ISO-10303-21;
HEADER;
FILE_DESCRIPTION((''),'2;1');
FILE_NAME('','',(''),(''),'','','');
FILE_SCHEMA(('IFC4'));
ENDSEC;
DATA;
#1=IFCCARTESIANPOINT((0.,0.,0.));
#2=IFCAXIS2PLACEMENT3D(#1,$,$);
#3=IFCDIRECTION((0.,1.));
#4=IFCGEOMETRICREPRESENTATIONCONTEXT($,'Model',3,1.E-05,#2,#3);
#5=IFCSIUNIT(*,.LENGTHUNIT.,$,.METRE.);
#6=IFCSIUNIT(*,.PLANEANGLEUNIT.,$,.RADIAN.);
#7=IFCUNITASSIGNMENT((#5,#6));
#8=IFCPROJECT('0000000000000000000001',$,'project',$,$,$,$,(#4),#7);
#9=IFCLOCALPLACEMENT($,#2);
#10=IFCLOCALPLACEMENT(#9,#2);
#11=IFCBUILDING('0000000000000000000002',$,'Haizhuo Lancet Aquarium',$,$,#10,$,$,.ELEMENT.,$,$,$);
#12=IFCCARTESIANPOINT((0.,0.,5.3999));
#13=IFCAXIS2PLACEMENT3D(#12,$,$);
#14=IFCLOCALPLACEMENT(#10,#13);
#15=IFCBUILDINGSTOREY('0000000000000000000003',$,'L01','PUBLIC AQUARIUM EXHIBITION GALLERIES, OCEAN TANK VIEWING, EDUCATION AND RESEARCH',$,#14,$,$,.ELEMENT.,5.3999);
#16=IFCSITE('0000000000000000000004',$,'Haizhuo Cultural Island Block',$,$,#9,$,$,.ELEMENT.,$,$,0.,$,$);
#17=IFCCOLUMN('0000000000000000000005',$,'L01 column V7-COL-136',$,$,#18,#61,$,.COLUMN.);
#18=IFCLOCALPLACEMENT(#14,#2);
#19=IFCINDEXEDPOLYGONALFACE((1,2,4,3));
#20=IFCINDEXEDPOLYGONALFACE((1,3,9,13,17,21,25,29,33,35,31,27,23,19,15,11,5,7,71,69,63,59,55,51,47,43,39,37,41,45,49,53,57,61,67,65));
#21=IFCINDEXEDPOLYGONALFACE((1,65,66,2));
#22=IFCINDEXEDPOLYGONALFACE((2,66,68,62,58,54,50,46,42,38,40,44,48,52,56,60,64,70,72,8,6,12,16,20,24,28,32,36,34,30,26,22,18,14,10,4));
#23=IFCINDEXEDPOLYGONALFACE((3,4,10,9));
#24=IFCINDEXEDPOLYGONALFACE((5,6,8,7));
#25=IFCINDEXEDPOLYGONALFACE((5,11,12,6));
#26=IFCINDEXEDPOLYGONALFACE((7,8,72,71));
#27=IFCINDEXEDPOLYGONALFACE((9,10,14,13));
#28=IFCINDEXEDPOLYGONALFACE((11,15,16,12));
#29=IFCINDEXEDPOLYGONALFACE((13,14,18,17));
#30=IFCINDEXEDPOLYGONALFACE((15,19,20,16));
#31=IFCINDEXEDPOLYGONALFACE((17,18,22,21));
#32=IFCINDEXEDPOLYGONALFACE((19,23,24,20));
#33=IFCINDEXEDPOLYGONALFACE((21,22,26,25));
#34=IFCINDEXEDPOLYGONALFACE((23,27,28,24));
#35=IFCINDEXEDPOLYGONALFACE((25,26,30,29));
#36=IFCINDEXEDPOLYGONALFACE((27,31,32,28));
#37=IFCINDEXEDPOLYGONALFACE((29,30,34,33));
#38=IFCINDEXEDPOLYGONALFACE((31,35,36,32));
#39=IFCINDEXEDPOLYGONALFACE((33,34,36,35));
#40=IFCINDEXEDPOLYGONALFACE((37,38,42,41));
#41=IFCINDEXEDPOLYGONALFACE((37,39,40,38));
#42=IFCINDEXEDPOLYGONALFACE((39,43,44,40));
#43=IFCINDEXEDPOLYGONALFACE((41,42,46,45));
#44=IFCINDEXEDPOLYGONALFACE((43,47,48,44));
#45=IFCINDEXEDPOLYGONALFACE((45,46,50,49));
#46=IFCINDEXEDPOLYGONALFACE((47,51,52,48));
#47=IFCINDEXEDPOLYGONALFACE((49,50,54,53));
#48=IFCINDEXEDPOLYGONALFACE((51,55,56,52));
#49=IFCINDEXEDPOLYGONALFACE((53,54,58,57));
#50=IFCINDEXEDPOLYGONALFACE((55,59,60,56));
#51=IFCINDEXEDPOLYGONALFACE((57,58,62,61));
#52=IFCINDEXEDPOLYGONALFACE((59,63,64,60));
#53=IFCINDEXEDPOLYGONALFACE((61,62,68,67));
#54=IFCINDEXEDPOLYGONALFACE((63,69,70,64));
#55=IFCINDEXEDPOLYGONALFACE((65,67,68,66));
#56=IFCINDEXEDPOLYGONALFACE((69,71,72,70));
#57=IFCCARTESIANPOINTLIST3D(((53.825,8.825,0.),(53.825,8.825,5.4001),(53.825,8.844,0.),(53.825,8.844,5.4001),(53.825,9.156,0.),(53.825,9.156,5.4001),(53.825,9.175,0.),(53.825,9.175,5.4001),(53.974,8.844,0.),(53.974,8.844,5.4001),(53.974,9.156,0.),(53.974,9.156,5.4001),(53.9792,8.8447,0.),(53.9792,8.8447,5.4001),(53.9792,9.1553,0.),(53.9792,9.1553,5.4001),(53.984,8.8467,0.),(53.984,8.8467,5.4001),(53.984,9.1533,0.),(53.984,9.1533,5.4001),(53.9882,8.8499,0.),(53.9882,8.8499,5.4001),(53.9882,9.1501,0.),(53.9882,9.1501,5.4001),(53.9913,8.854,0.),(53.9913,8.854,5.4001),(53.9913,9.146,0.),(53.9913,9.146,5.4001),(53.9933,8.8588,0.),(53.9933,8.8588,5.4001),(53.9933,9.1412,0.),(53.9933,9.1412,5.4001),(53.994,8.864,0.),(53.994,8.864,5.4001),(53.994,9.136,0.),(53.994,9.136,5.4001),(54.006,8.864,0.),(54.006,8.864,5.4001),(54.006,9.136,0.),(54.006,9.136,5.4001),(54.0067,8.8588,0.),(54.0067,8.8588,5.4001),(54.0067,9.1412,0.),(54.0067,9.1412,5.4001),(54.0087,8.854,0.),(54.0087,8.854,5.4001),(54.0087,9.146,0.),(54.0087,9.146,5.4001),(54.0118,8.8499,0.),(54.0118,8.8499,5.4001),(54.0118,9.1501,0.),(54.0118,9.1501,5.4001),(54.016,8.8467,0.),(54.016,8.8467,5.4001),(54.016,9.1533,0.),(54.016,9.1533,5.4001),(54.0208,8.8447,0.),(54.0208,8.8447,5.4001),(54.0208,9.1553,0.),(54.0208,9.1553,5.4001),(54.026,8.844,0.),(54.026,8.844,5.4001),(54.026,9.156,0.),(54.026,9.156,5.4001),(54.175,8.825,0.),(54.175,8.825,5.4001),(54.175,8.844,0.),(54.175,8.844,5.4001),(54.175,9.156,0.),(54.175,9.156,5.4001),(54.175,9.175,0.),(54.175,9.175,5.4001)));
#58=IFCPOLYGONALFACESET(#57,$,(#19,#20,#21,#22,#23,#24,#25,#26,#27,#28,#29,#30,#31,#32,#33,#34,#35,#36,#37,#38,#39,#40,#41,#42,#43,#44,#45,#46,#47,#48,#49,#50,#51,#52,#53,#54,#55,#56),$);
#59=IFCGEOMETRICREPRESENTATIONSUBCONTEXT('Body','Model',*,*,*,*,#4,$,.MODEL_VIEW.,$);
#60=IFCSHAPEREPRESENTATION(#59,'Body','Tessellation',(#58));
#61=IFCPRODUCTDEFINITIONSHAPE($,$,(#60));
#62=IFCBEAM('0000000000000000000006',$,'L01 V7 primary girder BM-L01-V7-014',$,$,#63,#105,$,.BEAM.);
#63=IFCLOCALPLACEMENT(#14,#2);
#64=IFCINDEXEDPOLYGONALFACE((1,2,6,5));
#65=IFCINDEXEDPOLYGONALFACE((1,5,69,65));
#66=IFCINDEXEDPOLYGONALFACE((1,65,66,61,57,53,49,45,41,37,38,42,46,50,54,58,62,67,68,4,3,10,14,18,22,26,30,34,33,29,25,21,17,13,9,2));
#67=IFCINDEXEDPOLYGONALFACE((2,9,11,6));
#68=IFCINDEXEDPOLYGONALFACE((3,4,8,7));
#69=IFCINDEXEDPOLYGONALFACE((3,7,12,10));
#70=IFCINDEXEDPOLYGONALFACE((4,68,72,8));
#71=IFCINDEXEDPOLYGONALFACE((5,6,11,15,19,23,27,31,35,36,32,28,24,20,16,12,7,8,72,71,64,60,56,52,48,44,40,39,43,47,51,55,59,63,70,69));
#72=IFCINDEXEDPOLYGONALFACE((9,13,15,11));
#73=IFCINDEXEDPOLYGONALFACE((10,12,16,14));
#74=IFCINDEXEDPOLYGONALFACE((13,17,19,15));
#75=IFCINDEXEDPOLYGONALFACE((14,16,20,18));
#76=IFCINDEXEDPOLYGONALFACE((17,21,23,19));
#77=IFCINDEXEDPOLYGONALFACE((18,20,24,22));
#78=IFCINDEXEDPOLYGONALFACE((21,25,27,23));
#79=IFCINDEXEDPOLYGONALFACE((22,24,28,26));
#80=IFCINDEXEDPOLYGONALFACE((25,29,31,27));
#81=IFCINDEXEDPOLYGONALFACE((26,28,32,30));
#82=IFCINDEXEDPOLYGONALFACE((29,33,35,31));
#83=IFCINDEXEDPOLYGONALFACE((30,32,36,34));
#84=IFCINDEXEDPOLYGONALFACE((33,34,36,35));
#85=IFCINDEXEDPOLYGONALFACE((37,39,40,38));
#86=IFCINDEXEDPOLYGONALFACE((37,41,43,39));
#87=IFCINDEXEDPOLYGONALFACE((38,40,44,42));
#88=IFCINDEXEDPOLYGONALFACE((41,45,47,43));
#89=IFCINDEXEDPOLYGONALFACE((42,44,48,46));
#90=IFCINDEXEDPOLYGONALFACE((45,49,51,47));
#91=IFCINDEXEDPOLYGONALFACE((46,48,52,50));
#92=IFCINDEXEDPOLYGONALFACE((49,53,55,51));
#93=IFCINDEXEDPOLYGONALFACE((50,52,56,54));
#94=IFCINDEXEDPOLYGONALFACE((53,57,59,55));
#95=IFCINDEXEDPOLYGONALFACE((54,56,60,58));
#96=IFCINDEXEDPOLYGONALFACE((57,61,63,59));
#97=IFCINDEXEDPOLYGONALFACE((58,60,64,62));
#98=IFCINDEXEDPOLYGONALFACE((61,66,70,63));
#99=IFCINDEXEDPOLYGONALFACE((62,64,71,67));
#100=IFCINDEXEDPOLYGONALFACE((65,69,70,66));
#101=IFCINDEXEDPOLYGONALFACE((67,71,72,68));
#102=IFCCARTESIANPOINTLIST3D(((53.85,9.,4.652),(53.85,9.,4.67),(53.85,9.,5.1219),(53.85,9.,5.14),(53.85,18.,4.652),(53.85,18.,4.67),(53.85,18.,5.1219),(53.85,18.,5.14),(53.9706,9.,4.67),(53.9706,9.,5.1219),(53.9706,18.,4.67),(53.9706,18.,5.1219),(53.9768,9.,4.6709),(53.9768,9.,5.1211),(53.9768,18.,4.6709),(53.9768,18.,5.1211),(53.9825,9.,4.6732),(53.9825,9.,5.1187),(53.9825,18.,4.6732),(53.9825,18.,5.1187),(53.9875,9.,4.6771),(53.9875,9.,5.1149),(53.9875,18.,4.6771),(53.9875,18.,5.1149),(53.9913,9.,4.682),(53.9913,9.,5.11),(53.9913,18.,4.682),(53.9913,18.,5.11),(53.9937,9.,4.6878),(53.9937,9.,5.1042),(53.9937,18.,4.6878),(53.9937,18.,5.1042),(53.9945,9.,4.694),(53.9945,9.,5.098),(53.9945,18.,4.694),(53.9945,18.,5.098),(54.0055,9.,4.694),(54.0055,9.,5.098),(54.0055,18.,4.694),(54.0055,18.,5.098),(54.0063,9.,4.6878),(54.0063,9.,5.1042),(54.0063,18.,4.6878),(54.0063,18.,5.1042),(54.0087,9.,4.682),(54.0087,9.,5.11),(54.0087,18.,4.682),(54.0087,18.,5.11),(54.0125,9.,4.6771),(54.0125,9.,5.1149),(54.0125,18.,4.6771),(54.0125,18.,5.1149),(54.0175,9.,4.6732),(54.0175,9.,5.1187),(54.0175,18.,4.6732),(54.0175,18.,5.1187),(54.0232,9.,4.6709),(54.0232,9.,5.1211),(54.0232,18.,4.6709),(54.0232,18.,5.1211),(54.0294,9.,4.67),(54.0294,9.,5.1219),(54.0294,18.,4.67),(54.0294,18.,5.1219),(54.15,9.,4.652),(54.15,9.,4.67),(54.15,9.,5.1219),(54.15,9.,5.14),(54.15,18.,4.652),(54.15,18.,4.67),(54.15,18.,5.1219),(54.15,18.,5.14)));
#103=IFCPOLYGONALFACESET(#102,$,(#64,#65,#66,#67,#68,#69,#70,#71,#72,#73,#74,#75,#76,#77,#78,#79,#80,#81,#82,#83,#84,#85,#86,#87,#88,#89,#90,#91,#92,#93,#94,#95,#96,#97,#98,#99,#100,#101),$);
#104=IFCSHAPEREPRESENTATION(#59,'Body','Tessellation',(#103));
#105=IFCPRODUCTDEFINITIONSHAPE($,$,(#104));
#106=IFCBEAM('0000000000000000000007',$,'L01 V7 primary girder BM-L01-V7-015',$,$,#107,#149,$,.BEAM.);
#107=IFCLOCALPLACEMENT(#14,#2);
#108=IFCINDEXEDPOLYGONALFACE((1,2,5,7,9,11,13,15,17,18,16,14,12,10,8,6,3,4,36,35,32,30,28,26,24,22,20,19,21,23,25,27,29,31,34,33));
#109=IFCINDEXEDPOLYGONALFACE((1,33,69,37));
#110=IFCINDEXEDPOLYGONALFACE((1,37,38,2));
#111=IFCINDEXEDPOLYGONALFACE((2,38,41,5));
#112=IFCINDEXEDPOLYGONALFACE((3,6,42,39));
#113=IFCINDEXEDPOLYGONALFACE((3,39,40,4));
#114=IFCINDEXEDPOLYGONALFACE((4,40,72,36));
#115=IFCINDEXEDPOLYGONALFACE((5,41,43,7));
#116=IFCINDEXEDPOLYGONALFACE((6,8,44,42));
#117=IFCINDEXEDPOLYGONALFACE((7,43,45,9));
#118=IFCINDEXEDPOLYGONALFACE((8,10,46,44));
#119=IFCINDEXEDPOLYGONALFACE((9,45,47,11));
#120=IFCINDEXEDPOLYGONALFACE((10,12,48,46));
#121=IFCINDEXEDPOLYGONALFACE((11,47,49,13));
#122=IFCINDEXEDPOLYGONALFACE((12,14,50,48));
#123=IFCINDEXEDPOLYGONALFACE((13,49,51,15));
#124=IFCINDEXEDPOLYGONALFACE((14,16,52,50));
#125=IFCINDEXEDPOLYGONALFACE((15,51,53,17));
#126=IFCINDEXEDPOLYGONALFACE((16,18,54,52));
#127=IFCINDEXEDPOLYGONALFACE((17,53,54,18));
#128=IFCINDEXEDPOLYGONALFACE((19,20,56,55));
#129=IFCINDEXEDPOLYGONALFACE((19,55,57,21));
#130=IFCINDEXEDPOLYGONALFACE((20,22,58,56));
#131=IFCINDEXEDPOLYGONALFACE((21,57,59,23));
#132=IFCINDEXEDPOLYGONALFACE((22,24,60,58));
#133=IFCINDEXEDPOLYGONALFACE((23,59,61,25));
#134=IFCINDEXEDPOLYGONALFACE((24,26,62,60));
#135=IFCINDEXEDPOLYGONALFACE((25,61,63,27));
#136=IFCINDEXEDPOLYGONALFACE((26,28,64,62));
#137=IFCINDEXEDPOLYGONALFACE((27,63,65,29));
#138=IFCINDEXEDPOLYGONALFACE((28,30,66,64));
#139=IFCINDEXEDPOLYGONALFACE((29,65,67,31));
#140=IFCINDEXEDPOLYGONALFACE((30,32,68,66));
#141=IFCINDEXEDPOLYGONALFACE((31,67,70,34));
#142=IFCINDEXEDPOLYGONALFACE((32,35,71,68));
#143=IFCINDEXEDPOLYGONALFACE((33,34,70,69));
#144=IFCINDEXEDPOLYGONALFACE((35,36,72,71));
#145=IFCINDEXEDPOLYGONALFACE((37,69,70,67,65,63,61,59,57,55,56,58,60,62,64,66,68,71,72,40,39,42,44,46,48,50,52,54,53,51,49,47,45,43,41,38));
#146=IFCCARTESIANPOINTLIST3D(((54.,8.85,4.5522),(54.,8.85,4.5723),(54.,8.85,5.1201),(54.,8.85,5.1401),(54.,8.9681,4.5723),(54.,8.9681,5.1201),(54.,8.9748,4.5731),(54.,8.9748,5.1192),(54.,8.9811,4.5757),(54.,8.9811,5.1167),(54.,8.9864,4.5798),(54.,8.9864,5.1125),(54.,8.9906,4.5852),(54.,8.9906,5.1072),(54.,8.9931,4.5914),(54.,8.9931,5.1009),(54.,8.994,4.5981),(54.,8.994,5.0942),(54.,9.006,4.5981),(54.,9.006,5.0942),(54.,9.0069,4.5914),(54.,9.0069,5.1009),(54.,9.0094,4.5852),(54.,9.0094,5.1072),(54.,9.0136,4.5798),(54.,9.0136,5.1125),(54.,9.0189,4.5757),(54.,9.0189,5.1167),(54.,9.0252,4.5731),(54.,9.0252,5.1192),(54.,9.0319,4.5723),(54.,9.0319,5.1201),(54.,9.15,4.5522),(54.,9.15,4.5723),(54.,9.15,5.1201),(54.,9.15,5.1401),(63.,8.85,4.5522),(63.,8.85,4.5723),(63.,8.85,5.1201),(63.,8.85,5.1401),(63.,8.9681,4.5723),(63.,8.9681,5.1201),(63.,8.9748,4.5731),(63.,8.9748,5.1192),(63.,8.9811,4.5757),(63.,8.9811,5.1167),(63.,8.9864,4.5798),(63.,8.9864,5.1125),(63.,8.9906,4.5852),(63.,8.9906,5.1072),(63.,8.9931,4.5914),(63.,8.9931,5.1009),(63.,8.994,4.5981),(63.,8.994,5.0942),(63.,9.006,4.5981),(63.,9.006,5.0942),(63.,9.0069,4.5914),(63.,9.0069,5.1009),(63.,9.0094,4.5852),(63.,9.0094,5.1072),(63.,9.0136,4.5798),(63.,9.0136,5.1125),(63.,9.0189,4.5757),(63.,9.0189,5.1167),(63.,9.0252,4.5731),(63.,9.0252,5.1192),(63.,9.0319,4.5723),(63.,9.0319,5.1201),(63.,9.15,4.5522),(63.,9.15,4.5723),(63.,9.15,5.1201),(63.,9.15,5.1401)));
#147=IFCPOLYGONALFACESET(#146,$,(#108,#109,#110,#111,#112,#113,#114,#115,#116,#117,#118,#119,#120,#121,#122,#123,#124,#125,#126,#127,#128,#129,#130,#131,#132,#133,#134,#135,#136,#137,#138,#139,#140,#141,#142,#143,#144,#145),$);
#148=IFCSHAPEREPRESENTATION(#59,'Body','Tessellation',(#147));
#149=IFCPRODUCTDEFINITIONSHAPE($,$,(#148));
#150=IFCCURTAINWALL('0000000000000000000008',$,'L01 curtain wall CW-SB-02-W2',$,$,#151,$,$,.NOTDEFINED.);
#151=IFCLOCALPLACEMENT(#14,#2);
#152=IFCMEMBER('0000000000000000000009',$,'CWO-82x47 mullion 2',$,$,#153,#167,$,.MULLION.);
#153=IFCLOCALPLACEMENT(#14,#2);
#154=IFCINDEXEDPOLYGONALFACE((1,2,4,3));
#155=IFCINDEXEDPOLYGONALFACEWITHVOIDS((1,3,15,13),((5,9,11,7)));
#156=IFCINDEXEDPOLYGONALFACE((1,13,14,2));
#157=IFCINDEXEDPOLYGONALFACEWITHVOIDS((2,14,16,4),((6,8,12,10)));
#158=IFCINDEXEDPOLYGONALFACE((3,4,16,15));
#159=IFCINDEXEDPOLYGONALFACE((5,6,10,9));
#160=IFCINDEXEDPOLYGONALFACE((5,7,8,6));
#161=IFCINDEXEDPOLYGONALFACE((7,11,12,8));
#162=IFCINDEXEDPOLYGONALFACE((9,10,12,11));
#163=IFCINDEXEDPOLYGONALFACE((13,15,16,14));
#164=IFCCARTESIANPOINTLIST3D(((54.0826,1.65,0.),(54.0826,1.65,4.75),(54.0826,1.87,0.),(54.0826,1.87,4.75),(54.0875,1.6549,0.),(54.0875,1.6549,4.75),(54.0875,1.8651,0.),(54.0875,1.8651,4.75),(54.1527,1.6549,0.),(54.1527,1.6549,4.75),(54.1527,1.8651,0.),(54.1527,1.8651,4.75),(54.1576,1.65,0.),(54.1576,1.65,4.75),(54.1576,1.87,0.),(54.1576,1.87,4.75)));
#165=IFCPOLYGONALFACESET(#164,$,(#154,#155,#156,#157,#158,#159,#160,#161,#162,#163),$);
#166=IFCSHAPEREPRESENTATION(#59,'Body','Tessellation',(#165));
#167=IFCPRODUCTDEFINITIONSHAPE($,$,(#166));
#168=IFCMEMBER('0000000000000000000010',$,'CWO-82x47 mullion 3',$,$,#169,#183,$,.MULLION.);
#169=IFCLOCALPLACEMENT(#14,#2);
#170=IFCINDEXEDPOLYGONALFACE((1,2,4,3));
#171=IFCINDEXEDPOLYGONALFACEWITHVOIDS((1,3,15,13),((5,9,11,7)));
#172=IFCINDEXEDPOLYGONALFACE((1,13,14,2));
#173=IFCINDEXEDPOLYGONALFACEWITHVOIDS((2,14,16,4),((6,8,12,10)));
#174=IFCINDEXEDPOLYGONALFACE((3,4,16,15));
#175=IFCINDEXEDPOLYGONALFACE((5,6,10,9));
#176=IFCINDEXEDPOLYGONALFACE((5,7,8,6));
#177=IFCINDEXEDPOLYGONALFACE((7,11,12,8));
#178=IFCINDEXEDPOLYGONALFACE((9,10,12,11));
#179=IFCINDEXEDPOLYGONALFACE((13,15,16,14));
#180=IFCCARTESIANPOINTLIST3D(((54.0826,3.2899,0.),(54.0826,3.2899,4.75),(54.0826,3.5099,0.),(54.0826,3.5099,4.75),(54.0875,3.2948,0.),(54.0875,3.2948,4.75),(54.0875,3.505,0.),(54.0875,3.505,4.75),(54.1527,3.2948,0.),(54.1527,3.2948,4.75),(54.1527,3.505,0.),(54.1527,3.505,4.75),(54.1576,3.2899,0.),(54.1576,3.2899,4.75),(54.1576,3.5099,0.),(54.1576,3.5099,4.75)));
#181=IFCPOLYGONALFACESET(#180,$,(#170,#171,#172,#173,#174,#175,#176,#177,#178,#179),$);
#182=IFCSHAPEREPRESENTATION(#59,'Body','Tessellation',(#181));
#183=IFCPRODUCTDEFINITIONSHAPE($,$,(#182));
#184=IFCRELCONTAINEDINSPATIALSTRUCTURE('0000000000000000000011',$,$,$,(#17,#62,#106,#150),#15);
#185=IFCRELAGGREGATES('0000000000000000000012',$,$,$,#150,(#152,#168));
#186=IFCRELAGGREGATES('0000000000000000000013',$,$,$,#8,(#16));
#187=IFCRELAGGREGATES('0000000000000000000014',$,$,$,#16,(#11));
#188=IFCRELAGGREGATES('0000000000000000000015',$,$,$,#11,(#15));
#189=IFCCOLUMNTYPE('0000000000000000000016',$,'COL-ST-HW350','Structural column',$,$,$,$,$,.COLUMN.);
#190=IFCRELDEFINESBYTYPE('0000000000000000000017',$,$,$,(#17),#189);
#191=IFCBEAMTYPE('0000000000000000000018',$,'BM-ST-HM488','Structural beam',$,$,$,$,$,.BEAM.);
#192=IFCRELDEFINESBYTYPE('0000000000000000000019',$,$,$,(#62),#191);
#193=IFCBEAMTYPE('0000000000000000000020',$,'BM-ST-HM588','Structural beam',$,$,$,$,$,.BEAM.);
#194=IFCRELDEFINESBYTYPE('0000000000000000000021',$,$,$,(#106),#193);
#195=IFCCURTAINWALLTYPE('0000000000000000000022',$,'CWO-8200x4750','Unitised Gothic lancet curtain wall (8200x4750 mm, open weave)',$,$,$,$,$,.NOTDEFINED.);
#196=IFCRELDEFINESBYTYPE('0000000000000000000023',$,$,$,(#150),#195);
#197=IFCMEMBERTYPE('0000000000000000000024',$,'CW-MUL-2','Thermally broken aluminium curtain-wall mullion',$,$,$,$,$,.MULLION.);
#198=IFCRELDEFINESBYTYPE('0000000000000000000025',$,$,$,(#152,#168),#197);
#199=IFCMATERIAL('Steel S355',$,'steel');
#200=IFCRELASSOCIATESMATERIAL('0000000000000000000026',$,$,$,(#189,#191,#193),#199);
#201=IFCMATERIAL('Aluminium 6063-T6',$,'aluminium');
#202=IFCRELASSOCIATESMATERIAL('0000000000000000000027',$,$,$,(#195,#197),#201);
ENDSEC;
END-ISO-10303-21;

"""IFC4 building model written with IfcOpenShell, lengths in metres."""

from ifc_helpers import new_model, si_unit, direction, frame, origin, origin_2d, place, context, subcontext, project, spatial, hollow_rectangle, i_section, extrude, material, material_profile, profile_set, type_object, element, aggregate, save


model = new_model("IFC4")

# Units and contexts
model_context = context("Model", 3, precision=1e-05, world=origin(), true_north=direction((0.0, 1.0)))
body_context = subcontext(model_context, "Body", "Model", "MODEL_VIEW")
ifc_project = project(units=[si_unit("LENGTHUNIT", "METRE"), si_unit("PLANEANGLEUNIT", "RADIAN")], contexts=[model_context])

# Site, building, storey
site_placement = place(None, origin())
site = spatial("IfcSite", under=ifc_project, at=site_placement, Name="Haizhuo Cultural Island Block", CompositionType="ELEMENT", RefElevation=0.0)
building_placement = place(site_placement, origin())
building = spatial("IfcBuilding", under=site, at=building_placement, Name="Haizhuo Lancet Aquarium", CompositionType="ELEMENT")
storey_placement = place(building_placement, frame((0.0, 0.0, 5.3999)))
storey = spatial("IfcBuildingStorey", under=building, at=storey_placement, Name="L01", Description="PUBLIC AQUARIUM EXHIBITION GALLERIES, OCEAN TANK VIEWING, EDUCATION AND RESEARCH", CompositionType="ELEMENT", Elevation=5.3999)

# Column
ifc_material_1 = material(Name="Steel S355", Category="steel")
ifc_material_profile_1 = material_profile(ifc_material_1, i_section(OverallWidth=0.3501, OverallDepth=0.3501, WebThickness=0.012, FlangeThickness=0.019, FilletRadius=0.02, at=origin_2d()), Name="HW 350x350x12x19")
ifc_profile_set_1 = profile_set([ifc_material_profile_1], Name="Steel S355")
column_type = type_object("IfcColumnType", Name="COL-ST-HW350", Description="Structural column", PredefinedType="COLUMN", material=ifc_profile_set_1)
column_placement = place(storey_placement, frame((54.0, 9.0, 0.0), z_axis=(0.0, 0.0, 1.0), x_axis=(1.0, 0.0, 0.0)))
element("IfcColumn", 1, at=column_placement, inside=storey, type_object=column_type, Name="L01 column V7-COL-136", PredefinedType="COLUMN", context=body_context, shape_type="SweptSolid", body=[
    extrude(i_section(OverallWidth=0.3501, OverallDepth=0.3501, WebThickness=0.012, FlangeThickness=0.019, FilletRadius=0.02, at=origin_2d()), origin(), (0.0, 0.0, 1.0), 5.4001),
])

# Beams
ifc_material_profile_2 = material_profile(ifc_material_1, i_section(OverallWidth=0.3, OverallDepth=0.488, WebThickness=0.011, FlangeThickness=0.0181, FilletRadius=0.0239, at=origin_2d()), Name="HM 488x300x11x18")
ifc_profile_set_2 = profile_set([ifc_material_profile_2], Name="Steel S355")
beam_type_1 = type_object("IfcBeamType", Name="BM-ST-HM488", Description="Structural beam", PredefinedType="BEAM", material=ifc_profile_set_2)
beam_1_placement = place(storey_placement, frame((54.0, 9.0, 4.896), z_axis=(0.0, 1.0, 0.0), x_axis=(-1.0, 0.0, 0.0)))
element("IfcBeam", 2, at=beam_1_placement, inside=storey, type_object=beam_type_1, Name="L01 V7 primary girder BM-L01-V7-014", PredefinedType="BEAM", context=body_context, shape_type="SweptSolid", body=[
    extrude(i_section(OverallWidth=0.3, OverallDepth=0.488, WebThickness=0.011, FlangeThickness=0.0181, FilletRadius=0.0239, at=origin_2d()), origin(), (0.0, 0.0, 1.0), 9.0),
])
ifc_material_profile_3 = material_profile(ifc_material_1, i_section(OverallWidth=0.3, OverallDepth=0.5879, WebThickness=0.012, FlangeThickness=0.02, FilletRadius=0.0259, at=origin_2d()), Name="HM 588x300x12x20")
ifc_profile_set_3 = profile_set([ifc_material_profile_3], Name="Steel S355")
beam_type_2 = type_object("IfcBeamType", Name="BM-ST-HM588", Description="Structural beam", PredefinedType="BEAM", material=ifc_profile_set_3)
beam_2_placement = place(storey_placement, frame((54.0, 9.0, 4.8462), z_axis=(1.0, 0.0, 0.0), x_axis=(0.0, 1.0, 0.0)))
element("IfcBeam", 3, at=beam_2_placement, inside=storey, type_object=beam_type_2, Name="L01 V7 primary girder BM-L01-V7-015", PredefinedType="BEAM", context=body_context, shape_type="SweptSolid", body=[
    extrude(i_section(OverallWidth=0.3, OverallDepth=0.5879, WebThickness=0.012, FlangeThickness=0.02, FilletRadius=0.0259, at=origin_2d()), origin(), (0.0, 0.0, 1.0), 9.0),
])

# Curtain wall, members
ifc_material_2 = material(Name="Aluminium 6063-T6", Category="aluminium")
curtain_wall_type = type_object("IfcCurtainWallType", Name="CWO-8200x4750", Description="Unitised Gothic lancet curtain wall (8200x4750 mm, open weave)", PredefinedType="NOTDEFINED", material=ifc_material_2)
curtain_wall_placement = place(storey_placement, origin())
curtain_wall = element("IfcCurtainWall", 4, at=curtain_wall_placement, inside=storey, type_object=curtain_wall_type, Name="L01 curtain wall CW-SB-02-W2", PredefinedType="NOTDEFINED")
ifc_material_profile_4 = material_profile(ifc_material_2, hollow_rectangle(XDim=0.075, YDim=0.22, WallThickness=0.0049, at=origin_2d()), Name="ALU-M 75x220x5")
ifc_profile_set_4 = profile_set([ifc_material_profile_4], Name="Aluminium 6063-T6")
member_type_1 = type_object("IfcMemberType", Name="CW-MUL-2", Description="Thermally broken aluminium curtain-wall mullion", PredefinedType="MULLION", material=ifc_profile_set_4)
member_1_placement = place(storey_placement, frame((54.1201, 1.76, 0.0), z_axis=(0.0, 0.0, 1.0), x_axis=(-1.0, 0.0, 0.0)))
member_1 = element("IfcMember", 5, at=member_1_placement, type_object=member_type_1, Name="CWO-82x47 mullion 2", PredefinedType="MULLION", context=body_context, shape_type="SweptSolid", body=[
    extrude(hollow_rectangle(XDim=0.075, YDim=0.22, WallThickness=0.0049, at=origin_2d()), origin(), (0.0, 0.0, 1.0), 4.75),
])
member_2_placement = place(storey_placement, frame((54.1201, 3.3999, 0.0), z_axis=(0.0, 0.0, 1.0), x_axis=(-1.0, 0.0, 0.0)))
member_2 = element("IfcMember", 6, at=member_2_placement, type_object=member_type_1, Name="CWO-82x47 mullion 3", PredefinedType="MULLION", context=body_context, shape_type="SweptSolid", body=[
    extrude(hollow_rectangle(XDim=0.075, YDim=0.22, WallThickness=0.0049, at=origin_2d()), origin(), (0.0, 0.0, 1.0), 4.75),
])

aggregate(curtain_wall, [member_1, member_2])

save(model, "model.ifc")
